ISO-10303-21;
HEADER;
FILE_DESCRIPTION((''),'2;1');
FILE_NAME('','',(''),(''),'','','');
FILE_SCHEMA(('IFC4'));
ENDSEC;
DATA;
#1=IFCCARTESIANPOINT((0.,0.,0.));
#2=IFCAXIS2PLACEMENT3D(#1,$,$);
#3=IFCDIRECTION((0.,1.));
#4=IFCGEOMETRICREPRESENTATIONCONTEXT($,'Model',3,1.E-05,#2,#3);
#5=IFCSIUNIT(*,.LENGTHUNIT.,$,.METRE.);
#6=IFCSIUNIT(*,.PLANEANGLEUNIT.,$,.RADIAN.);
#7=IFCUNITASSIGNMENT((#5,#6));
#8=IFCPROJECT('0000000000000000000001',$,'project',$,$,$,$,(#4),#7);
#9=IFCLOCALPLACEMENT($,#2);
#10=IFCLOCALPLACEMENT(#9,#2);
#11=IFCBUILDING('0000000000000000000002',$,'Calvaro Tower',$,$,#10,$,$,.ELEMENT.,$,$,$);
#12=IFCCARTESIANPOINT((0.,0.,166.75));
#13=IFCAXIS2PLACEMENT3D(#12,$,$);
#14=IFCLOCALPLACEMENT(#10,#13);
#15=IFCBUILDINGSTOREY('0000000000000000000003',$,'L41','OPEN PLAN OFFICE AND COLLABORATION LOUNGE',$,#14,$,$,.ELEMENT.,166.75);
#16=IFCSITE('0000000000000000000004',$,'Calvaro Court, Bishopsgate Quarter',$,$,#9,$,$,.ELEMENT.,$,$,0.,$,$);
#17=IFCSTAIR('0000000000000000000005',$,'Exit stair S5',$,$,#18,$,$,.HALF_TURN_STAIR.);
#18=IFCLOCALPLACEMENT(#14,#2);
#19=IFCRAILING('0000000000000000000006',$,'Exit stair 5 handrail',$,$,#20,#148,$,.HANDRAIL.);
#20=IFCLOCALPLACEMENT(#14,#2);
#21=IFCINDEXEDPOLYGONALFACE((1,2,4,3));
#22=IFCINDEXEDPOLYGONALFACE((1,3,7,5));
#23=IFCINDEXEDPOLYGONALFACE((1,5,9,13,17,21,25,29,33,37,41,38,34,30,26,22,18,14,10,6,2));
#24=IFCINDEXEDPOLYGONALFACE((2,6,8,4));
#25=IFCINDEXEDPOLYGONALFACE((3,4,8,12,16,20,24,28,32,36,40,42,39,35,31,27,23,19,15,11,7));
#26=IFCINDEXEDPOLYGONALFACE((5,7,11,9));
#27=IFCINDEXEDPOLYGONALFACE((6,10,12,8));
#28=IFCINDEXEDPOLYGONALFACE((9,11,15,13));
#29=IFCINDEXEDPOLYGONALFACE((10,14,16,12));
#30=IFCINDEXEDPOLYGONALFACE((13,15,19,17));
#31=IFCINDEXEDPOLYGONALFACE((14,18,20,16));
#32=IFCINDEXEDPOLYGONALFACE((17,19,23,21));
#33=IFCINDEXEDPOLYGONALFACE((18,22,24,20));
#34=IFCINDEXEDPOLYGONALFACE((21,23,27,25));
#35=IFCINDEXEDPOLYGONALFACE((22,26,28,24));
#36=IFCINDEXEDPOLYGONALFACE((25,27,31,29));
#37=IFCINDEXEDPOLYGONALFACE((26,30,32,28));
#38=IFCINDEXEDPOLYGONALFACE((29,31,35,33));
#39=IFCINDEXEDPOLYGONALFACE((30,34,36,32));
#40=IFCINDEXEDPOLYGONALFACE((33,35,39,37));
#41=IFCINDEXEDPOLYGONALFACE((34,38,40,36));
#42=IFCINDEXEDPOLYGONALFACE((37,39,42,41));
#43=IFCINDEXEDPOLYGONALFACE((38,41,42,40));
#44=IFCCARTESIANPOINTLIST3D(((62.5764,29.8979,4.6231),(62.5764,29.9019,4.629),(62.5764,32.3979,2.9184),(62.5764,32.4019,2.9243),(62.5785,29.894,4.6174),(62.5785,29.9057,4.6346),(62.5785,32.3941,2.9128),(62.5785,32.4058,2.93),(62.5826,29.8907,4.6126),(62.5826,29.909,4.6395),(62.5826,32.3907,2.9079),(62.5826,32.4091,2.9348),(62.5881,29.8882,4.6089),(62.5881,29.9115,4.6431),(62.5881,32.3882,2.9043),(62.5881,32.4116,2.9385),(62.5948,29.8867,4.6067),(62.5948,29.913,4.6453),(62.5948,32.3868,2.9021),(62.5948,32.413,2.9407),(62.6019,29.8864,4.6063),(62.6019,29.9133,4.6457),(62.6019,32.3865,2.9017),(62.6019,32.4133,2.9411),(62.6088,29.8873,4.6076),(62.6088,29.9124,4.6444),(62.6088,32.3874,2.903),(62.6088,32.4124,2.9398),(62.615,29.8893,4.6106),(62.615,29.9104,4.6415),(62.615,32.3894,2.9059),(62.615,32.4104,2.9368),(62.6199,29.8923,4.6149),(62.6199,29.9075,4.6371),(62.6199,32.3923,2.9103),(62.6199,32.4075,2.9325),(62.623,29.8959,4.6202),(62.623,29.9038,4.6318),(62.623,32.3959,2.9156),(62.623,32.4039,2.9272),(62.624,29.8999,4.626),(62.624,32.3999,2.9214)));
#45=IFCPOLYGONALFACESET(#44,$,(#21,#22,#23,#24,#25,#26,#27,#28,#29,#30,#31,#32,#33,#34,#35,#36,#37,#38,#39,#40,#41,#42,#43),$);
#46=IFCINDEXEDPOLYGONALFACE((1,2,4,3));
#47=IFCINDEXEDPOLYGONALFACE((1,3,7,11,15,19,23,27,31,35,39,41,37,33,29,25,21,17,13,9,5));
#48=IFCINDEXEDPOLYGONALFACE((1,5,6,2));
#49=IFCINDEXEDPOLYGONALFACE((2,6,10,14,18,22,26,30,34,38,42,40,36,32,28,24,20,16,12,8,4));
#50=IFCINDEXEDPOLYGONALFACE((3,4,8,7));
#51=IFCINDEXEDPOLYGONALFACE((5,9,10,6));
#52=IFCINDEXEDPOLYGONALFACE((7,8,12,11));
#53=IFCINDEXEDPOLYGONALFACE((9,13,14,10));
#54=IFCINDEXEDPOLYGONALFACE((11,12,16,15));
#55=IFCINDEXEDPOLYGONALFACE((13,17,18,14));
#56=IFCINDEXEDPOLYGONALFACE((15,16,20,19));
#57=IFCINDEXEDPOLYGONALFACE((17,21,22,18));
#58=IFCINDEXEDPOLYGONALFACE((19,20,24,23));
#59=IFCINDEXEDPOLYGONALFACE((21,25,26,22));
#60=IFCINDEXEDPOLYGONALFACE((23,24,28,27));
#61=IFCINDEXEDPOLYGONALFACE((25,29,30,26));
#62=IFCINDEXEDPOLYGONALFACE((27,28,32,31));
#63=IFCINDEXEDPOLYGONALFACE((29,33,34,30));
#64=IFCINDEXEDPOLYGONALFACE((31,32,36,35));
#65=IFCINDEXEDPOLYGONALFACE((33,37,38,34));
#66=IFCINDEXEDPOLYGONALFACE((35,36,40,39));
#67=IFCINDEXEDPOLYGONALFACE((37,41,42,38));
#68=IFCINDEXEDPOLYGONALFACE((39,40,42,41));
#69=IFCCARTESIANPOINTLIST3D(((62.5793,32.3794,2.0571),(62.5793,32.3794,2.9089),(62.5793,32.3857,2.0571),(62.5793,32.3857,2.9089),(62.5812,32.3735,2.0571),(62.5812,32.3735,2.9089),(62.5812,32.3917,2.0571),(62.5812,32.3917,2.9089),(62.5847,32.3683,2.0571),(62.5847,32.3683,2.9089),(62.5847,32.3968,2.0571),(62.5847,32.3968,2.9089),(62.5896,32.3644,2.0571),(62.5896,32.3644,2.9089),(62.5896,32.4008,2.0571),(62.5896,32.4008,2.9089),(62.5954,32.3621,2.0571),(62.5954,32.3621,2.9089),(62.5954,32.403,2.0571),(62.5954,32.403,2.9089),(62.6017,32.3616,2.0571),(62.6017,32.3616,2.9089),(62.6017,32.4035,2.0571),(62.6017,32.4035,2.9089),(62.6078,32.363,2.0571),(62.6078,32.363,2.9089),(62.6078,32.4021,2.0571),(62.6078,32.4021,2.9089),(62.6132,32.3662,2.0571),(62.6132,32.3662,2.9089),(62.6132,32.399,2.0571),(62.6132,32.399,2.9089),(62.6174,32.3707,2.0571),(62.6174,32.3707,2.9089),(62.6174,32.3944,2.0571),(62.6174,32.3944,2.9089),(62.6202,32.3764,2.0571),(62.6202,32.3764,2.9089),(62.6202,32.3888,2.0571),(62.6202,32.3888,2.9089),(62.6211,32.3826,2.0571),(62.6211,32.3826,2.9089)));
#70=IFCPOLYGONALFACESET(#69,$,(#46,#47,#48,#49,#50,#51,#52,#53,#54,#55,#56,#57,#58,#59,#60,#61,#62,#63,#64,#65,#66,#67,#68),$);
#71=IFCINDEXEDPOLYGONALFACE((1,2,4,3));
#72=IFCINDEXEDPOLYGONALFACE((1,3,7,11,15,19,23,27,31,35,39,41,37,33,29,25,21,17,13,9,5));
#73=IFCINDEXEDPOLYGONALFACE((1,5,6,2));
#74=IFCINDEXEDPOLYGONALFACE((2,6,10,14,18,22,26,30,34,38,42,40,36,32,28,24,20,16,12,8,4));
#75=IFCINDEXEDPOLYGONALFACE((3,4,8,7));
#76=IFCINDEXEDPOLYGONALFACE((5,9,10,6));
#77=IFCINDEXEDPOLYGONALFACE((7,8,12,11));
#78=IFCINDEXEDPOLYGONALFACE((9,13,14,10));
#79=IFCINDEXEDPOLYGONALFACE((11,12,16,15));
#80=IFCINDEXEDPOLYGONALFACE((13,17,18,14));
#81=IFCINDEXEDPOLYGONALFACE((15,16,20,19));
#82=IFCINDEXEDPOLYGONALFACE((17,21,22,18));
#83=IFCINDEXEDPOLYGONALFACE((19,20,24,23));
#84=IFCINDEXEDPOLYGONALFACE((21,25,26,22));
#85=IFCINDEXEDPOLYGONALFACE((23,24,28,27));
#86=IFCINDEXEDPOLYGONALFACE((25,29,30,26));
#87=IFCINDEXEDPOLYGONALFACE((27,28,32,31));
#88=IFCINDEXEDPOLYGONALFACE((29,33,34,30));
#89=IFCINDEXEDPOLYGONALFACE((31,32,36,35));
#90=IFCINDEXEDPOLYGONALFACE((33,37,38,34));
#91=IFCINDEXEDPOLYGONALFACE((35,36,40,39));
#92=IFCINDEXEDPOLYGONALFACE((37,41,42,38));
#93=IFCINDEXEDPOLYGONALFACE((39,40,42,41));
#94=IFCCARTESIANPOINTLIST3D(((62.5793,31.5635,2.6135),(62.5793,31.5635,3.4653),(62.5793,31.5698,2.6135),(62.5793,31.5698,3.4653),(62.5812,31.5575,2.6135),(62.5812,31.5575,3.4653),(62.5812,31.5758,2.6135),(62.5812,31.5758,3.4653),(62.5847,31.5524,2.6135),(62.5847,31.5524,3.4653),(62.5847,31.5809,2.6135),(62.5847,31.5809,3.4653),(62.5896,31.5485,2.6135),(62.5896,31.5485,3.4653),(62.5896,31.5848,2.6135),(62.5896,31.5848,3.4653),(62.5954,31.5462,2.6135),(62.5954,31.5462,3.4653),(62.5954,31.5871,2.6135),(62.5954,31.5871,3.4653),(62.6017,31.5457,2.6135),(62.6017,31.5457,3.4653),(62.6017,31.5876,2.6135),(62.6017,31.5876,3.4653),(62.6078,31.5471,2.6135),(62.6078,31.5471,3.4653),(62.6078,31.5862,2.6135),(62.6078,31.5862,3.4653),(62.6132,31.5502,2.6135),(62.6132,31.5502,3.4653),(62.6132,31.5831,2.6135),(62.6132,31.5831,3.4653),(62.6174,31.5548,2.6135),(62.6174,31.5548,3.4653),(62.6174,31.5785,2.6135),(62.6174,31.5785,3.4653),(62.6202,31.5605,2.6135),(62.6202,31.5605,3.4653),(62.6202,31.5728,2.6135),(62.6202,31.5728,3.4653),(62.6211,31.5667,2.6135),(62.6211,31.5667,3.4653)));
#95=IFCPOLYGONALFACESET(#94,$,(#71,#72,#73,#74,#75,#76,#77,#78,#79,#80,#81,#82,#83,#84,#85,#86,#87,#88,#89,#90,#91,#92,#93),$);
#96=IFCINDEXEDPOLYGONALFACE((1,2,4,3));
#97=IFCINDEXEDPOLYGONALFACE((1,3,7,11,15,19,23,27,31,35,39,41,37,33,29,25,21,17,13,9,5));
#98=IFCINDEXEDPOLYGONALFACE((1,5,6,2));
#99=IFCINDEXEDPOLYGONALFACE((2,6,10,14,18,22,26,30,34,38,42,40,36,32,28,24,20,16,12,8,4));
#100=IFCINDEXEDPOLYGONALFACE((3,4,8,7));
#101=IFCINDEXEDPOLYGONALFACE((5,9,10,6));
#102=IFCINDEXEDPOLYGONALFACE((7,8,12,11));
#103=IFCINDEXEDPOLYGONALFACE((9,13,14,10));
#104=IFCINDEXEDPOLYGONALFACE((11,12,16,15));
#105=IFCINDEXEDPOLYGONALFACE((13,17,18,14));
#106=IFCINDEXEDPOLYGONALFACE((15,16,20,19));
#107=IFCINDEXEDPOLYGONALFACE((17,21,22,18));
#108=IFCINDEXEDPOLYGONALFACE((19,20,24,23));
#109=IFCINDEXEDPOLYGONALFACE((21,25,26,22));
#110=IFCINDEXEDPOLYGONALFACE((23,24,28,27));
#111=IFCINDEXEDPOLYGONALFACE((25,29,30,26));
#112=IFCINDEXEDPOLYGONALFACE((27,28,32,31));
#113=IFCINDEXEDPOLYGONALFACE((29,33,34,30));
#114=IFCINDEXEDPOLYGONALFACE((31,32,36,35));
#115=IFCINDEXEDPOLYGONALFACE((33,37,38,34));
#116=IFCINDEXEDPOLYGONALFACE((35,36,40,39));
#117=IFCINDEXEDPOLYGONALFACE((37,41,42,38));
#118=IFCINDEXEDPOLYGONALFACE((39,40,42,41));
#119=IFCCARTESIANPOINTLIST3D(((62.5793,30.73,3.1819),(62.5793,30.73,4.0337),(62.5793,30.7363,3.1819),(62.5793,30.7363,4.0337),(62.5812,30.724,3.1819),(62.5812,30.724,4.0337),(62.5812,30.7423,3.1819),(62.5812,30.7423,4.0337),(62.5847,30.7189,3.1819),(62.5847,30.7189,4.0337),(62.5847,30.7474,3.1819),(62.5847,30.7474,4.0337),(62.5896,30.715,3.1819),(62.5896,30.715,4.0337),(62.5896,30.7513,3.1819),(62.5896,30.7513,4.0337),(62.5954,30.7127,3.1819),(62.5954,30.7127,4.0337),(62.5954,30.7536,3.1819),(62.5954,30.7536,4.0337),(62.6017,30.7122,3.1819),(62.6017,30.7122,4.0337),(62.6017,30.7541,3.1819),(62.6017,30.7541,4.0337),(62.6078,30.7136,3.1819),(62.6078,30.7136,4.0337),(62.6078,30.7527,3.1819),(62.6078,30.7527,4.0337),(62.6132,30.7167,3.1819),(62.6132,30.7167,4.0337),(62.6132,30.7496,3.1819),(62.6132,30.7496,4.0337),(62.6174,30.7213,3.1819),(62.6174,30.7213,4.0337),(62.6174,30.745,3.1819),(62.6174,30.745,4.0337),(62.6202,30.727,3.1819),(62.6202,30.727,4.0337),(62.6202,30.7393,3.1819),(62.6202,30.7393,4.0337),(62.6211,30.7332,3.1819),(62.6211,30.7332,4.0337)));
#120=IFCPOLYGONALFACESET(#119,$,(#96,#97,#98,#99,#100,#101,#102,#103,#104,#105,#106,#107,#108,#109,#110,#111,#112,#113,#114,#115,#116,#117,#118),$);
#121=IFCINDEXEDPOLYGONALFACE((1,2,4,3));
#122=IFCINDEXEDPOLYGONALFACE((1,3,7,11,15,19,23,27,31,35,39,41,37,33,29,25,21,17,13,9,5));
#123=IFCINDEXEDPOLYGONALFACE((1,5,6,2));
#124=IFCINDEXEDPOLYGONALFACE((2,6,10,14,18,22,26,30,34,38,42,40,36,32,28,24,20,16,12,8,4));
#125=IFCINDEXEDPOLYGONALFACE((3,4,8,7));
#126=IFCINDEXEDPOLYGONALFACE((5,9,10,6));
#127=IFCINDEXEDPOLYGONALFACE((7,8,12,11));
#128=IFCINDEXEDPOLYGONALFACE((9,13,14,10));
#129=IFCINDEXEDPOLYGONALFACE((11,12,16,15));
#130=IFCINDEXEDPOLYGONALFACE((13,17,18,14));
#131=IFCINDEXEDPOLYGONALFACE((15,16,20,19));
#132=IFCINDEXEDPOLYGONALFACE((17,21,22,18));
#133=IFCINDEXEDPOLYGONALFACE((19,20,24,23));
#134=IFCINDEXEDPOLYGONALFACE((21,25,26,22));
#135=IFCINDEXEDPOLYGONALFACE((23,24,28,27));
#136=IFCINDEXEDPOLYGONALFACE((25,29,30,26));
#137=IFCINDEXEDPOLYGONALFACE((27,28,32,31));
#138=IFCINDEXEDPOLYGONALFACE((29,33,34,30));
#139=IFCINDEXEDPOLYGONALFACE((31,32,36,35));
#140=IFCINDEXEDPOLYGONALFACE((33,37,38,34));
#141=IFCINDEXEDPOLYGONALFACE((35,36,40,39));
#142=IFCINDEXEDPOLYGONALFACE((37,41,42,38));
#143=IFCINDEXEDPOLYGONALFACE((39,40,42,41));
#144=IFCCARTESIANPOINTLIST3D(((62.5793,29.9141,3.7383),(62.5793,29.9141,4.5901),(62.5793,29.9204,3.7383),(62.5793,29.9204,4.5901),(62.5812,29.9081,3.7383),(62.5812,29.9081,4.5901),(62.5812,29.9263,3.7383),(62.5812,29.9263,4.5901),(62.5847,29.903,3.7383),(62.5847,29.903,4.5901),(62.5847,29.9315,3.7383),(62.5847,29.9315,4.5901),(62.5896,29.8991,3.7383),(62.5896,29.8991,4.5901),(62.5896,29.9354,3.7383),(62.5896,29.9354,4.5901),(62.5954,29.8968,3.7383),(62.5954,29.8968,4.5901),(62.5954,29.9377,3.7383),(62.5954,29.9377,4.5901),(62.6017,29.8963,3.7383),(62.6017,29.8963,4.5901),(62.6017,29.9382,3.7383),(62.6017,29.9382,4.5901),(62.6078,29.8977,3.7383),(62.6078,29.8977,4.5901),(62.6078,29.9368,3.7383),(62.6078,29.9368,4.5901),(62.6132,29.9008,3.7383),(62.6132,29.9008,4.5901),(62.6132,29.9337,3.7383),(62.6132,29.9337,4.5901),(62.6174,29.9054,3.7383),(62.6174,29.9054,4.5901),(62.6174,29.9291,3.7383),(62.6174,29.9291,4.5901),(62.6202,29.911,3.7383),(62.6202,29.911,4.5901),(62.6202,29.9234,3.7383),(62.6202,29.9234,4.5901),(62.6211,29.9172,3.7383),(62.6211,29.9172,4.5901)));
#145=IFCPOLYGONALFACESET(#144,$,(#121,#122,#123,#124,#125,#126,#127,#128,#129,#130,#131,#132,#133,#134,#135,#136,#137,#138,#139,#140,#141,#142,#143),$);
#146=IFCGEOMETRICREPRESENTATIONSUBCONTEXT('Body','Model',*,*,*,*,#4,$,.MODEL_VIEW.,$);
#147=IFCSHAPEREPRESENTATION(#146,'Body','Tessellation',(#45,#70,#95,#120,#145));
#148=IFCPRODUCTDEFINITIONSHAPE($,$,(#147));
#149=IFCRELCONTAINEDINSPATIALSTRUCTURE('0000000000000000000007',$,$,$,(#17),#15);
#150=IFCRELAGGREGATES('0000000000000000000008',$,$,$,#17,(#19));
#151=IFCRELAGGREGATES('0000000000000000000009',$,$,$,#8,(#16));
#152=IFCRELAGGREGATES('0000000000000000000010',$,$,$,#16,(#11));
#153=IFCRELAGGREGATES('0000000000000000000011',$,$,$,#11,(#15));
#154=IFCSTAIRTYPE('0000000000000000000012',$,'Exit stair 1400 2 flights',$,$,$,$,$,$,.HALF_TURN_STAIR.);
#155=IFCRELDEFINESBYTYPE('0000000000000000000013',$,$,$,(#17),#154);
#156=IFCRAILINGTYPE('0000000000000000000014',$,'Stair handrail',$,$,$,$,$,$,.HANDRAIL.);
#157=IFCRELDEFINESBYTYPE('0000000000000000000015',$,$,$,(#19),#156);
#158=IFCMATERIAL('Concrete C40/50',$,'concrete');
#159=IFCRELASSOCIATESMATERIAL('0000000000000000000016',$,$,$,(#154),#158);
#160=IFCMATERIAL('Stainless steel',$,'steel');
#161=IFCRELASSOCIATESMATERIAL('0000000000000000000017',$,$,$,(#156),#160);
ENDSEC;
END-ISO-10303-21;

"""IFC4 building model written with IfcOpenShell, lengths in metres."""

from ifc_helpers import new_model, si_unit, direction, frame, origin, origin_2d, place, context, subcontext, project, spatial, circle, extrude, material, type_object, element, aggregate, save


model = new_model("IFC4")

# Units and contexts
model_context = context("Model", 3, precision=1e-05, world=origin(), true_north=direction((0.0, 1.0)))
body_context = subcontext(model_context, "Body", "Model", "MODEL_VIEW")
ifc_project = project(units=[si_unit("LENGTHUNIT", "METRE"), si_unit("PLANEANGLEUNIT", "RADIAN")], contexts=[model_context])

# Site, building, storey
site_placement = place(None, origin())
site = spatial("IfcSite", under=ifc_project, at=site_placement, Name="Calvaro Court, Bishopsgate Quarter", CompositionType="ELEMENT", RefElevation=0.0)
building_placement = place(site_placement, origin())
building = spatial("IfcBuilding", under=site, at=building_placement, Name="Calvaro Tower", CompositionType="ELEMENT")
storey_placement = place(building_placement, frame((0.0, 0.0, 166.75)))
storey = spatial("IfcBuildingStorey", under=building, at=storey_placement, Name="L41", Description="OPEN PLAN OFFICE AND COLLABORATION LOUNGE", CompositionType="ELEMENT", Elevation=166.75)

# Stair
ifc_material_1 = material(Name="Concrete C40/50", Category="concrete")
stair_type = type_object("IfcStairType", Name="Exit stair 1400 2 flights", PredefinedType="HALF_TURN_STAIR", material=ifc_material_1)
stair_1_placement = place(storey_placement, origin())
stair_1 = element("IfcStair", 1, at=stair_1_placement, inside=storey, type_object=stair_type, Name="Exit stair S5", PredefinedType="HALF_TURN_STAIR")

# Railing
ifc_material_2 = material(Name="Stainless steel", Category="steel")
railing_type = type_object("IfcRailingType", Name="Stair handrail", PredefinedType="HANDRAIL", material=ifc_material_2)
railing_1_placement = place(storey_placement, frame((62.6001, 32.3999, 2.0454)))
railing_1 = element("IfcRailing", 2, at=railing_1_placement, type_object=railing_type, Name="Exit stair 5 handrail", PredefinedType="HANDRAIL", context=body_context, shape_type="SweptSolid", body=[
    extrude(circle(Radius=0.0239, at=origin_2d()), frame((0.0, 0.0, 0.876), z_axis=(0.0, -0.826221, 0.563347), x_axis=(1.0, 0.0, 0.0)), (0.0, 0.0, 1.0), 3.0259),
    extrude(circle(Radius=0.021, at=origin_2d()), frame((0.0, -0.0173, 0.0117)), (0.0, 0.0, 1.0), 0.8518),
    extrude(circle(Radius=0.021, at=origin_2d()), frame((0.0, -0.8333, 0.5681)), (0.0, 0.0, 1.0), 0.8518),
    extrude(circle(Radius=0.021, at=origin_2d()), frame((0.0, -1.6667, 1.1365)), (0.0, 0.0, 1.0), 0.8518),
    extrude(circle(Radius=0.021, at=origin_2d()), frame((0.0, -2.4827, 1.6929)), (0.0, 0.0, 1.0), 0.8518),
])
aggregate(stair_1, [railing_1])

save(model, "model.ifc")
